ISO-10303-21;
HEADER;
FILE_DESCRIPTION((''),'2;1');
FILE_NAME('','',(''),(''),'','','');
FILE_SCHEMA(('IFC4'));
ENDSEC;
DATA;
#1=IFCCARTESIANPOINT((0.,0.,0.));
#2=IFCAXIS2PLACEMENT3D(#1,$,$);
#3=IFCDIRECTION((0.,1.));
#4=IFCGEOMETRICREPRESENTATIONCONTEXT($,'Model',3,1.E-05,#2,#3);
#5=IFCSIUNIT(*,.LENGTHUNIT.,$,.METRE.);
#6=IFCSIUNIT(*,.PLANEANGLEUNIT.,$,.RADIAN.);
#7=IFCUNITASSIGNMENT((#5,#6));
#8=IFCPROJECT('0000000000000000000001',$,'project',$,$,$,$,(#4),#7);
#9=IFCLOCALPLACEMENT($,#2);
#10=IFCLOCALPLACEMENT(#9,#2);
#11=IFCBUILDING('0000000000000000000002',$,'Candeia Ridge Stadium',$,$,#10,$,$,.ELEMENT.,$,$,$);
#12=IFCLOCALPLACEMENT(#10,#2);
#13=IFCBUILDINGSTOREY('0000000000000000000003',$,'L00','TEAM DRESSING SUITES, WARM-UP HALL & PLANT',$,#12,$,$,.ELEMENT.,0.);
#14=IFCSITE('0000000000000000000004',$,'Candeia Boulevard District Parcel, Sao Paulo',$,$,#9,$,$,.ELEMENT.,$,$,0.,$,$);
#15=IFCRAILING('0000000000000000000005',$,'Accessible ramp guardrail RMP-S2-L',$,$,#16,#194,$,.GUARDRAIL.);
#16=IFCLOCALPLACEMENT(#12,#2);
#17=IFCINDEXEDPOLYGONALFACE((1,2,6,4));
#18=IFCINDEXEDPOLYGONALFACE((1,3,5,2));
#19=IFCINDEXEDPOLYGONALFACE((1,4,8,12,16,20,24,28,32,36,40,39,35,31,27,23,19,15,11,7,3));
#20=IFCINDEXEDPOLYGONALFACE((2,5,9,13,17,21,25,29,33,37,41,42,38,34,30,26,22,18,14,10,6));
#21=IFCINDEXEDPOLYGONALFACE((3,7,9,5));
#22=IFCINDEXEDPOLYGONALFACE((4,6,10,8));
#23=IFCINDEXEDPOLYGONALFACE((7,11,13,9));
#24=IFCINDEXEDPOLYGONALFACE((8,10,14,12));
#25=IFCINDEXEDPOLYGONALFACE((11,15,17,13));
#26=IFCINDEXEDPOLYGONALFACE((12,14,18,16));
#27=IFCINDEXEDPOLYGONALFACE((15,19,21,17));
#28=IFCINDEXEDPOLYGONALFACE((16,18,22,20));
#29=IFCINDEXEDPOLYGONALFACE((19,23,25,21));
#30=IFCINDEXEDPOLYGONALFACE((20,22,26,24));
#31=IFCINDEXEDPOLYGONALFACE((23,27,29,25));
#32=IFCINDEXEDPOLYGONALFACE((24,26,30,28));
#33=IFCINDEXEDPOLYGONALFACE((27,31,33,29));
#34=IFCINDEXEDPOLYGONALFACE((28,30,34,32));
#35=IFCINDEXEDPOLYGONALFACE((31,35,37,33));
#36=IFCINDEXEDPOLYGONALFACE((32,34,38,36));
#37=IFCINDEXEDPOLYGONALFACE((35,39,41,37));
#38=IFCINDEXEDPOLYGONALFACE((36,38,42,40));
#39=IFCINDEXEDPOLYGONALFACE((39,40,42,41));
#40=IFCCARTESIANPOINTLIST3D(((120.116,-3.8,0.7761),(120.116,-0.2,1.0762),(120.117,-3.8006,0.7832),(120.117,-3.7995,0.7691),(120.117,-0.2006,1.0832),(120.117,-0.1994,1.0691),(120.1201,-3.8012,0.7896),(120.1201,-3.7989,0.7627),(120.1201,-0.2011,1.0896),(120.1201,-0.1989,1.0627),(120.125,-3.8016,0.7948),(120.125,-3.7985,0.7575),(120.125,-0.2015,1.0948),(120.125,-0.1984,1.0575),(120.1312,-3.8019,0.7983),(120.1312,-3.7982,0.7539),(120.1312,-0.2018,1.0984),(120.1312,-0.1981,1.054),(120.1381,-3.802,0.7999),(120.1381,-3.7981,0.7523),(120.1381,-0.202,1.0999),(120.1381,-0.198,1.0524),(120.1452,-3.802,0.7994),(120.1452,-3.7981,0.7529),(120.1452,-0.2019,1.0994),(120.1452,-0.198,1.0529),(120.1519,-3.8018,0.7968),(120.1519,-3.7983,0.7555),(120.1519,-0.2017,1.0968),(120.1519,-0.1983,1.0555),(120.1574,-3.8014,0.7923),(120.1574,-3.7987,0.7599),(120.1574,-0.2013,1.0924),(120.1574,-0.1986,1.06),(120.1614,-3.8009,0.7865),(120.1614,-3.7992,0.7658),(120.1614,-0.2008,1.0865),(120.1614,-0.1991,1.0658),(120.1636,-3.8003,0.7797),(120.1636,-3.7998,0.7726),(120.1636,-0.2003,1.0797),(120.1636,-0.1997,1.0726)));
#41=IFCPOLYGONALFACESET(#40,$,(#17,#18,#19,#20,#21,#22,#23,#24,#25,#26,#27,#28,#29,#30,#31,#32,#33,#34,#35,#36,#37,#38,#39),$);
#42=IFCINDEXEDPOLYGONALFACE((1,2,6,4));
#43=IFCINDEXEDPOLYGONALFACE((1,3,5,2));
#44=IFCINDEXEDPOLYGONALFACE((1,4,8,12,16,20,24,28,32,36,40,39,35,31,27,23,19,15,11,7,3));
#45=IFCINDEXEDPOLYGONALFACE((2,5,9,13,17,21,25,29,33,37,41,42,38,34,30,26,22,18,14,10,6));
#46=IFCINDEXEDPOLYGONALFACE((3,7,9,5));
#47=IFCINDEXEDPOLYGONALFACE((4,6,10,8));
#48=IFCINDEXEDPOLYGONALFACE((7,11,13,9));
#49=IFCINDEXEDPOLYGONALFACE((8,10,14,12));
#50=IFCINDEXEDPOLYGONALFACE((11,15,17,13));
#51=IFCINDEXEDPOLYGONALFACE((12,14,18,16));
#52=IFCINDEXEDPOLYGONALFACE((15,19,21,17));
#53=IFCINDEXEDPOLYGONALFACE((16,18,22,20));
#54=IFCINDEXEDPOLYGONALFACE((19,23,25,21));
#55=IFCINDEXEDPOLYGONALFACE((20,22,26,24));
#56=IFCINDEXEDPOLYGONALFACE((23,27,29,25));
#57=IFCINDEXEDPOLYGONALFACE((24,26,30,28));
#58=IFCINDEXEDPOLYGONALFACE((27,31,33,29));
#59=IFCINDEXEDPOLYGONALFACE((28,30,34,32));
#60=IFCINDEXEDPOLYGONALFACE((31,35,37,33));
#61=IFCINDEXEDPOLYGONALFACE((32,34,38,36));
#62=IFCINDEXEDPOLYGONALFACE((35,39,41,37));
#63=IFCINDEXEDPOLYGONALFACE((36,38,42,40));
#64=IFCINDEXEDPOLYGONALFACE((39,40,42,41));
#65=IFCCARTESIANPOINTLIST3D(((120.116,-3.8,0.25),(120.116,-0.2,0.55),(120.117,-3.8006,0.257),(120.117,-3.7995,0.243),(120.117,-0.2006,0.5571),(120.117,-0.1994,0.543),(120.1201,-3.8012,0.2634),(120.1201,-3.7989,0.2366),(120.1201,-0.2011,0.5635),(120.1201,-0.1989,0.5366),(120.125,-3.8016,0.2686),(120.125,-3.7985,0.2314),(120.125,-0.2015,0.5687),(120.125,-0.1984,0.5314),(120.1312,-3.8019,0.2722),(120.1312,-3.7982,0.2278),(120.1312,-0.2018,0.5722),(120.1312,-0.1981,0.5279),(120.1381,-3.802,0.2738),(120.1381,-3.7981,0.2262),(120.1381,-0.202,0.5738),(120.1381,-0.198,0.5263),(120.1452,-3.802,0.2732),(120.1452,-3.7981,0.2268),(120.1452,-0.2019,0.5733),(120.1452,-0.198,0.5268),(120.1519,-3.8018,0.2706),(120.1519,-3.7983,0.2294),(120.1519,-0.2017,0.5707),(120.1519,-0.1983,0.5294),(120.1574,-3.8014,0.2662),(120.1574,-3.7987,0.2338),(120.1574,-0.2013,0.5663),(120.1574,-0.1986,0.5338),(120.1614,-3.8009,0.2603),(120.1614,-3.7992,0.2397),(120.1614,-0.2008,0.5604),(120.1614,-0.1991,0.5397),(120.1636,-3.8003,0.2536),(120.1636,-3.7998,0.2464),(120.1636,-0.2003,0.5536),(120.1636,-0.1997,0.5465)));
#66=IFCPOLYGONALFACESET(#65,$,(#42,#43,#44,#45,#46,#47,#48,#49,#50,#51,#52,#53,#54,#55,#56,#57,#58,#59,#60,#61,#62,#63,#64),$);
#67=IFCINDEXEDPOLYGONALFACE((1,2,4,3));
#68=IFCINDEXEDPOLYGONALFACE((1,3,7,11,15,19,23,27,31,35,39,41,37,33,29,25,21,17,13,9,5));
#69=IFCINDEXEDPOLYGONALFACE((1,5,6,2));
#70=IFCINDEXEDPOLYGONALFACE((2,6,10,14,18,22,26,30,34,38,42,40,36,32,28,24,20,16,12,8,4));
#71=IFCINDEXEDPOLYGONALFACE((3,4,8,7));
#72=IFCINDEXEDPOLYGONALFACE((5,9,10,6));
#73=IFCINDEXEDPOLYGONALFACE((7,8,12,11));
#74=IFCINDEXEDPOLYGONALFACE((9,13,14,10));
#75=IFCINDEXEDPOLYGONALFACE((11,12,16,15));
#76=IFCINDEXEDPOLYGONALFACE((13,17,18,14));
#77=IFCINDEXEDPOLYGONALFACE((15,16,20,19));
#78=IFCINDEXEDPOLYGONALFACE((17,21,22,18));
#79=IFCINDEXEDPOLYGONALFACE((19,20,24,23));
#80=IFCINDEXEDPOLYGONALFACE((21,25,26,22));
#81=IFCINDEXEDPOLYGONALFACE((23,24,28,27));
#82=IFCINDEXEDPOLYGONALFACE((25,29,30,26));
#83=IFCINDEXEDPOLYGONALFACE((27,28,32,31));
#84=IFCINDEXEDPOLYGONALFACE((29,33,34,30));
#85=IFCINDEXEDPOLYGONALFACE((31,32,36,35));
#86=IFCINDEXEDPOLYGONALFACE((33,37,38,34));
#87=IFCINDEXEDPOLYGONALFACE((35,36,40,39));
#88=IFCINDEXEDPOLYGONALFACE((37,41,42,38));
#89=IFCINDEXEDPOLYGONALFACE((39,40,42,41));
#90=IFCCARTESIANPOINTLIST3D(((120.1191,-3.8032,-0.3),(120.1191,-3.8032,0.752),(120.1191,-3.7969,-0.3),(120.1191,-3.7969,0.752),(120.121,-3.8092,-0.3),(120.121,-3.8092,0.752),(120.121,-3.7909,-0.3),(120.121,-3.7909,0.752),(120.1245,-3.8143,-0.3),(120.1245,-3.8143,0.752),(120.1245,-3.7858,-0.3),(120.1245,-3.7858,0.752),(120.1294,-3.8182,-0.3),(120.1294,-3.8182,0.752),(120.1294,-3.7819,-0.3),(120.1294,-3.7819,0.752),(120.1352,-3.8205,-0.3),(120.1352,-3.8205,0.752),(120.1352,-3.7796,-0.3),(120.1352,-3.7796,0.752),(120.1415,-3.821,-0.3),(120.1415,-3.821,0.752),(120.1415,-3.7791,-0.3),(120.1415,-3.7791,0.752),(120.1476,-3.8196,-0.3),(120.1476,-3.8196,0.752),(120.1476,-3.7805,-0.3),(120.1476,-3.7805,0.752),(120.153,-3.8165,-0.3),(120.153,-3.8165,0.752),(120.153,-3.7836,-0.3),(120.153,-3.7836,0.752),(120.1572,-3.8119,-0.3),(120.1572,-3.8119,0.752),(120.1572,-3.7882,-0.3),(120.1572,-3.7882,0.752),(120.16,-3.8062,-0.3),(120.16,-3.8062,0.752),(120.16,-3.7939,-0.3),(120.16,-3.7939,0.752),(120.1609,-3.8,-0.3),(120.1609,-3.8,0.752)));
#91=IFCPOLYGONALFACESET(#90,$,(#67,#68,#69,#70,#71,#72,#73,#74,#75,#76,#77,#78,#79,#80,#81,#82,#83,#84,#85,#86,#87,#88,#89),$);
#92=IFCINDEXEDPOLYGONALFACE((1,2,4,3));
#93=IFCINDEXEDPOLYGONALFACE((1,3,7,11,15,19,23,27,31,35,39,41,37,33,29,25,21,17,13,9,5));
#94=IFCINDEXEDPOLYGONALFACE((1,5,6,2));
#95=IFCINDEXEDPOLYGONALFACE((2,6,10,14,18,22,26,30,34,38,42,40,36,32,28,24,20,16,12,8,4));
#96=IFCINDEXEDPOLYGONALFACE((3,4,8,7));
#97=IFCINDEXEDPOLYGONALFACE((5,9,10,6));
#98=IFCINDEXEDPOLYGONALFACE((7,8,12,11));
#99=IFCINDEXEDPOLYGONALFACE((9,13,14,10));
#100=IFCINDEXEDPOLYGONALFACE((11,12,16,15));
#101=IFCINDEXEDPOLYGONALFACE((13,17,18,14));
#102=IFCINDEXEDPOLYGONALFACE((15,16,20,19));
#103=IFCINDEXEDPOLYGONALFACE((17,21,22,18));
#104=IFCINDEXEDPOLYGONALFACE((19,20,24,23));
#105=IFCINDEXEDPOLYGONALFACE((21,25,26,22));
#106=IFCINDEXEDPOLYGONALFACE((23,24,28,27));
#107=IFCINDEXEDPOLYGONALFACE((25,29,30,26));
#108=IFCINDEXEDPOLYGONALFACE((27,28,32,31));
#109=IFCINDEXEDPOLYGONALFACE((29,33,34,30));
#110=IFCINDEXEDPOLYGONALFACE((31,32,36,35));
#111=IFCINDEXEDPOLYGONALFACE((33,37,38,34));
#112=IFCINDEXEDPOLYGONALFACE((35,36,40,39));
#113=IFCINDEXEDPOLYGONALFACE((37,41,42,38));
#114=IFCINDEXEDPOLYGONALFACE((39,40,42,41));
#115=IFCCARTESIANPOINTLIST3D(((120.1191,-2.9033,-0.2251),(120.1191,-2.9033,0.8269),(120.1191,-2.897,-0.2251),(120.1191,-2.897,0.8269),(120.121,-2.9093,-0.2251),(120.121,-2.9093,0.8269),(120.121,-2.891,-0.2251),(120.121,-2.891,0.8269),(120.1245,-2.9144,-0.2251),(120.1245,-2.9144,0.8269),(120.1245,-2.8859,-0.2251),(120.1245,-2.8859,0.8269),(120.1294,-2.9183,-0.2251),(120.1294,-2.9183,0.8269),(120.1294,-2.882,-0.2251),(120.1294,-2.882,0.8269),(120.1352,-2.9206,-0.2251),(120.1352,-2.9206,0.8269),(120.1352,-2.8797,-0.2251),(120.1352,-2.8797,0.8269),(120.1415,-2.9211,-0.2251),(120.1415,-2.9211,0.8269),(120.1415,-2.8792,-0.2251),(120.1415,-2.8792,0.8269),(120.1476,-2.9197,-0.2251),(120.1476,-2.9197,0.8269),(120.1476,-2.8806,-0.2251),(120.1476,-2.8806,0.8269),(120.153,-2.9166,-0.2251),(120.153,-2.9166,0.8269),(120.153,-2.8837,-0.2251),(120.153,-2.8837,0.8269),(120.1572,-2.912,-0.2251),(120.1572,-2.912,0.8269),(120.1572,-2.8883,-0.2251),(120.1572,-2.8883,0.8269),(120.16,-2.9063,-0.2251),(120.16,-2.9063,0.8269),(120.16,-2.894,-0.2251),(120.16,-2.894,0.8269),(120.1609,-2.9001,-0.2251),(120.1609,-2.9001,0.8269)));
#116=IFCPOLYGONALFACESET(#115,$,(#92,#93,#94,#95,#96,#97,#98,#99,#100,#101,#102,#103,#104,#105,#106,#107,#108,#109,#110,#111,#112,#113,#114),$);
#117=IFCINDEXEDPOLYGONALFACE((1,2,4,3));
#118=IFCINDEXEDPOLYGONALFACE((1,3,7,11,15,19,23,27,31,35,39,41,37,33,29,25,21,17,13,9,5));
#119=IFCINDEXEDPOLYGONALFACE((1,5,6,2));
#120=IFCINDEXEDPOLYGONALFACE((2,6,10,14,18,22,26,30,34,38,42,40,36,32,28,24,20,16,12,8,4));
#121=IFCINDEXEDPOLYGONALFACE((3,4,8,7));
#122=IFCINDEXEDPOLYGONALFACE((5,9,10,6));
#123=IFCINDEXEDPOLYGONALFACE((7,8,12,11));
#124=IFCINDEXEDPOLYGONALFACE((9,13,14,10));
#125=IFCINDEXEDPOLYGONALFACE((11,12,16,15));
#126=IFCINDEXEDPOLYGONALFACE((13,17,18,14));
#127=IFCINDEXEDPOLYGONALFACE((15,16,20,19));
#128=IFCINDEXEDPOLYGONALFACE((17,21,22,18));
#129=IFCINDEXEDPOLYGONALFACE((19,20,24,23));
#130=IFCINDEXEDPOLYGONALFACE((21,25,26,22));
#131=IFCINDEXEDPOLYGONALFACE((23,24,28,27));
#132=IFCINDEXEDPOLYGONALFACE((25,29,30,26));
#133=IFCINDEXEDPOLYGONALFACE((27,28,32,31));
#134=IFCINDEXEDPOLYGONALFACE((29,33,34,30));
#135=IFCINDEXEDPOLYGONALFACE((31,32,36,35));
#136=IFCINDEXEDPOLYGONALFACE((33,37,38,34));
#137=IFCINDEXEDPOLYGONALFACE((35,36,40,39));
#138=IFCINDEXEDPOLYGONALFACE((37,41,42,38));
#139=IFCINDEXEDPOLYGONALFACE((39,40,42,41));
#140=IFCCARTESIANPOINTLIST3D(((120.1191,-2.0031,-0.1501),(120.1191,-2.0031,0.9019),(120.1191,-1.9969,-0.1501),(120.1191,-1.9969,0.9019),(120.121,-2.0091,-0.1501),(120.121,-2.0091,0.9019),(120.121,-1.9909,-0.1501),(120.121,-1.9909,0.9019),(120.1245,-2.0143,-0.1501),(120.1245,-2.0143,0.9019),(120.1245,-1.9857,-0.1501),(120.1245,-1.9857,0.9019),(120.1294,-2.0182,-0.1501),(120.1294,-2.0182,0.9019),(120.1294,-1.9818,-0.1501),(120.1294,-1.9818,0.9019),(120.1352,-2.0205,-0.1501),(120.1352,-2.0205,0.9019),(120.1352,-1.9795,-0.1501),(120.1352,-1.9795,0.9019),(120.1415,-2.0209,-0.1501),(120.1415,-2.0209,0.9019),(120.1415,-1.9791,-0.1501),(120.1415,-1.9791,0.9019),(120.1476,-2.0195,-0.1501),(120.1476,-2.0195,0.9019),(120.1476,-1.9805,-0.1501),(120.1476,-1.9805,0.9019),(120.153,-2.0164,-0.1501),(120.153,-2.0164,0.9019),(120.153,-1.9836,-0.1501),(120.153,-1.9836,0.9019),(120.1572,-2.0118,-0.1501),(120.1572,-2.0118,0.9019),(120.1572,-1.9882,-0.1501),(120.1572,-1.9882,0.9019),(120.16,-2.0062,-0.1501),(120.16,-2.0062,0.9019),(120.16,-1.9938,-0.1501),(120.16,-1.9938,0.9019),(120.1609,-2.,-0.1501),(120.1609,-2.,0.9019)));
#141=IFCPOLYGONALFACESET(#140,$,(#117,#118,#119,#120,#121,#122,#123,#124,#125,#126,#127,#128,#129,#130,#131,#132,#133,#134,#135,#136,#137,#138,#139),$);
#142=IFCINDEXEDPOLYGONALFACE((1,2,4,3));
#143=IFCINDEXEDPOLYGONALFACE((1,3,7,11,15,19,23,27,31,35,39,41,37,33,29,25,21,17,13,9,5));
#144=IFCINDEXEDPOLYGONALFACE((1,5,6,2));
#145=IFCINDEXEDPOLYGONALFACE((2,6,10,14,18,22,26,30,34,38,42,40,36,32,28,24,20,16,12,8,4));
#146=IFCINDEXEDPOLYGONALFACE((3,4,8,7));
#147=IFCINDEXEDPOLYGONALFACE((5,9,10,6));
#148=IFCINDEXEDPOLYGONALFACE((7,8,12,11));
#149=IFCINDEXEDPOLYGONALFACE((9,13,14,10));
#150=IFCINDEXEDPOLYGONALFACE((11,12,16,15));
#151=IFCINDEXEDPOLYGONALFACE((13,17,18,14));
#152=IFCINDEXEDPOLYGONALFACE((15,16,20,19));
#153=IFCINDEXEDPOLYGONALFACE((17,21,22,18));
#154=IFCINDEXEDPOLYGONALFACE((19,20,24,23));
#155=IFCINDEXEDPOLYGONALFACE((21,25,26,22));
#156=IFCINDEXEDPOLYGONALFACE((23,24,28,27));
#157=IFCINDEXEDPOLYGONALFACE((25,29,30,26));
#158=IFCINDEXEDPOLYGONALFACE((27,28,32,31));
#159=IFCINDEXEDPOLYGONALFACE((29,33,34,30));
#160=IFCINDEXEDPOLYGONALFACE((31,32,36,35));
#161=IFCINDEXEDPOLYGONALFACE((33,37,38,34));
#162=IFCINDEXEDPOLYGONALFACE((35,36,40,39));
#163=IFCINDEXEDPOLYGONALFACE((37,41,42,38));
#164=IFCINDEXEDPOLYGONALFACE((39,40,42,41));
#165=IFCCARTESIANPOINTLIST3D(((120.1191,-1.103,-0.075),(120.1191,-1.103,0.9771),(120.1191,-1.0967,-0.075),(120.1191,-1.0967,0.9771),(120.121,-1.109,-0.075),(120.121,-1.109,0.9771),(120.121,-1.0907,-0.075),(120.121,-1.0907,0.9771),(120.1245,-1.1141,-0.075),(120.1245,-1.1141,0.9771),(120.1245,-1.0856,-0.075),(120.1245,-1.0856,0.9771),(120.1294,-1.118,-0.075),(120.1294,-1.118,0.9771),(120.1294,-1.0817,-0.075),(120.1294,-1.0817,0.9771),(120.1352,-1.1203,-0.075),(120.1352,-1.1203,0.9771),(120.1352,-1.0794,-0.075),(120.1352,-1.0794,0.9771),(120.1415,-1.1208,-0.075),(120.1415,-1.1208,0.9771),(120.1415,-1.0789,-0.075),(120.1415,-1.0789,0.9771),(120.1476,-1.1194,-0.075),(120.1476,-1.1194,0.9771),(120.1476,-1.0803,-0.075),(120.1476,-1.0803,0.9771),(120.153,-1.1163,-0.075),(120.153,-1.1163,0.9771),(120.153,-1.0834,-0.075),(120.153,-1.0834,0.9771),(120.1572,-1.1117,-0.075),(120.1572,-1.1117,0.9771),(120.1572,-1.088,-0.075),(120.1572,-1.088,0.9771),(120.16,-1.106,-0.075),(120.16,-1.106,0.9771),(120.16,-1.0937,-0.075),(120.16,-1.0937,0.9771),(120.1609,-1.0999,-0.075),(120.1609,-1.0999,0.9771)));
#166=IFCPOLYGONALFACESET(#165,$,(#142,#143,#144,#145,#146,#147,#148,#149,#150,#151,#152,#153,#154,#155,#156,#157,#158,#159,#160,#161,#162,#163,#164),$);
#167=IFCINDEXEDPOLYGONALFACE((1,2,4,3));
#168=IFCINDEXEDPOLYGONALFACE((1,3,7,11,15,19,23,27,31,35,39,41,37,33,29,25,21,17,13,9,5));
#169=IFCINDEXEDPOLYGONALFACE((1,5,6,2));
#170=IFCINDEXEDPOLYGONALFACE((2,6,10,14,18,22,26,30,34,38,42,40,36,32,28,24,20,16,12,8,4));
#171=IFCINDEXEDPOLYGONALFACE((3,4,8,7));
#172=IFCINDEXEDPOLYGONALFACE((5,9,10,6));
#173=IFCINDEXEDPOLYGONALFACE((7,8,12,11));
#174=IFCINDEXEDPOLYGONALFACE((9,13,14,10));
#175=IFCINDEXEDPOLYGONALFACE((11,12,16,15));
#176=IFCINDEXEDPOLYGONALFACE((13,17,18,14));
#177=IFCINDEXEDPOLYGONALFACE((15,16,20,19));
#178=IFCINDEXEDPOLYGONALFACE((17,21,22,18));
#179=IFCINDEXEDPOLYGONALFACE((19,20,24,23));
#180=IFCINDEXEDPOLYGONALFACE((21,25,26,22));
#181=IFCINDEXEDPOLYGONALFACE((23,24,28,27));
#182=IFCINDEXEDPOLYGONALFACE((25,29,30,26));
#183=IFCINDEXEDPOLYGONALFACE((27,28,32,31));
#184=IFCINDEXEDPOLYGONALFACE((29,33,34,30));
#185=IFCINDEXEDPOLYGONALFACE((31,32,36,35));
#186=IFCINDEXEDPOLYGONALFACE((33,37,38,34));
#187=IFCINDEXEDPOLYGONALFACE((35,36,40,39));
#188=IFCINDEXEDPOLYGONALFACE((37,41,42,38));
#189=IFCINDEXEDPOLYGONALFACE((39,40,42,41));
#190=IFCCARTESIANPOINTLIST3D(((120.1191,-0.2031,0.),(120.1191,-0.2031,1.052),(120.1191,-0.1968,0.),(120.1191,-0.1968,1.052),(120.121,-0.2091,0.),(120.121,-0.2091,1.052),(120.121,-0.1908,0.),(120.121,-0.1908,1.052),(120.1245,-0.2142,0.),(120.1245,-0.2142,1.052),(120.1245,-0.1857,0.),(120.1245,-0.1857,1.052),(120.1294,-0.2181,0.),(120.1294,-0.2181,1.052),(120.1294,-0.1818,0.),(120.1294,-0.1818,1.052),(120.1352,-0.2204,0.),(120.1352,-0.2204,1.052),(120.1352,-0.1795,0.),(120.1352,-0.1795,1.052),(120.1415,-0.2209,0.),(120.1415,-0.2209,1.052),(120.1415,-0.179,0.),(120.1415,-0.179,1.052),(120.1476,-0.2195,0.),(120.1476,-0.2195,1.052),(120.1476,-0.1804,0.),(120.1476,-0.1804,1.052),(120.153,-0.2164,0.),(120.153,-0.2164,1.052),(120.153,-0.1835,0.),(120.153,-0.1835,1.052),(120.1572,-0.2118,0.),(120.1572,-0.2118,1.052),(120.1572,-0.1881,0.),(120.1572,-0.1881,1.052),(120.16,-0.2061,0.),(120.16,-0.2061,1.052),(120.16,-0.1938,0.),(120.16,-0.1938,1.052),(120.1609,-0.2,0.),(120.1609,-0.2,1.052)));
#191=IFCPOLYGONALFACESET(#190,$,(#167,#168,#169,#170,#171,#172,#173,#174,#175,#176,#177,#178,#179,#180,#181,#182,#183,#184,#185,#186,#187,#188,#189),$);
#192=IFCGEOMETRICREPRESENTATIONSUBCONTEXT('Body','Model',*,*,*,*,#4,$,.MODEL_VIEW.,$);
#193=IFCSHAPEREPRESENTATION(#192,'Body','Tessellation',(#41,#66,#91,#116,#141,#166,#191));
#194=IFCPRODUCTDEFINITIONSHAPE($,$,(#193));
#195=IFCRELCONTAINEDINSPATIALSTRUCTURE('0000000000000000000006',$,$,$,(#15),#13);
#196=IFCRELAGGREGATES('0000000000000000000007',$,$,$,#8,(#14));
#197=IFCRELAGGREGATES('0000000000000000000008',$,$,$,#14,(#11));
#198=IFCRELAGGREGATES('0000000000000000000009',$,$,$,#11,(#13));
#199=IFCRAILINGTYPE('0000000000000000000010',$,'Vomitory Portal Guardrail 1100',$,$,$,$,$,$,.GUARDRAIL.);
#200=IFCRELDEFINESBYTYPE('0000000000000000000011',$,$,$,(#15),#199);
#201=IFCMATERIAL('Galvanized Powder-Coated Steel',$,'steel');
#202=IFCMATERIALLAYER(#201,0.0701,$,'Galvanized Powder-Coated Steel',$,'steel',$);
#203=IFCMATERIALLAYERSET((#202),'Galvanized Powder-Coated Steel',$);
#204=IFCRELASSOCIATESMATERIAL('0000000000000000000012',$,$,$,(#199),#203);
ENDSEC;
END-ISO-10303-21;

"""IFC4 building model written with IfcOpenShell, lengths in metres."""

from ifc_helpers import new_model, si_unit, direction, frame, origin, origin_2d, place, context, subcontext, project, spatial, circle, extrude, material, layer, layer_set, type_object, element, save


model = new_model("IFC4")

# Units and contexts
model_context = context("Model", 3, precision=1e-05, world=origin(), true_north=direction((0.0, 1.0)))
body_context = subcontext(model_context, "Body", "Model", "MODEL_VIEW")
ifc_project = project(units=[si_unit("LENGTHUNIT", "METRE"), si_unit("PLANEANGLEUNIT", "RADIAN")], contexts=[model_context])

# Site, building, storey
site_placement = place(None, origin())
site = spatial("IfcSite", under=ifc_project, at=site_placement, Name="Candeia Boulevard District Parcel, Sao Paulo", CompositionType="ELEMENT", RefElevation=0.0)
building_placement = place(site_placement, origin())
building = spatial("IfcBuilding", under=site, at=building_placement, Name="Candeia Ridge Stadium", CompositionType="ELEMENT")
storey_placement = place(building_placement, origin())
storey = spatial("IfcBuildingStorey", under=building, at=storey_placement, Name="L00", Description="TEAM DRESSING SUITES, WARM-UP HALL & PLANT", CompositionType="ELEMENT", Elevation=0.0)

# Railing
ifc_material_1 = material(Name="Galvanized Powder-Coated Steel", Category="steel")
ifc_layer_1 = layer(ifc_material_1, 0.0701, Name="Galvanized Powder-Coated Steel", Category="steel")
ifc_layer_set_1 = layer_set([ifc_layer_1], Name="Galvanized Powder-Coated Steel")
railing_type_1 = type_object("IfcRailingType", Name="Vomitory Portal Guardrail 1100", PredefinedType="GUARDRAIL", material=ifc_layer_set_1)
for number, where, name in (
    (1, (120.1399, -3.8, -0.3), "Accessible ramp guardrail RMP-S2-L"),
):
    element("IfcRailing", number, at=place(storey_placement, frame(where)), inside=storey, type_object=railing_type_1, Name=name, PredefinedType="GUARDRAIL", context=body_context, shape_type="SweptSolid", body=[
        extrude(circle(Radius=0.0239, at=origin_2d()), frame((0.0, 0.0, 1.0762), z_axis=(0.0, 0.996545, 0.083057), x_axis=(-1.0, 0.0, 0.0)), (0.0, 0.0, 1.0), 3.6125),
        extrude(circle(Radius=0.0239, at=origin_2d()), frame((0.0, 0.0, 0.55), z_axis=(0.0, 0.996545, 0.083057), x_axis=(-1.0, 0.0, 0.0)), (0.0, 0.0, 1.0), 3.6125),
        extrude(circle(Radius=0.021, at=origin_2d()), origin(), (0.0, 0.0, 1.0), 1.052),
        extrude(circle(Radius=0.021, at=origin_2d()), frame((0.0, 0.8999, 0.075)), (0.0, 0.0, 1.0), 1.052),
        extrude(circle(Radius=0.021, at=origin_2d()), frame((0.0, 1.8, 0.1499)), (0.0, 0.0, 1.0), 1.052),
        extrude(circle(Radius=0.021, at=origin_2d()), frame((0.0, 2.7002, 0.2251)), (0.0, 0.0, 1.0), 1.052),
        extrude(circle(Radius=0.021, at=origin_2d()), frame((0.0, 3.6001, 0.3)), (0.0, 0.0, 1.0), 1.052),
    ])

save(model, "model.ifc")
